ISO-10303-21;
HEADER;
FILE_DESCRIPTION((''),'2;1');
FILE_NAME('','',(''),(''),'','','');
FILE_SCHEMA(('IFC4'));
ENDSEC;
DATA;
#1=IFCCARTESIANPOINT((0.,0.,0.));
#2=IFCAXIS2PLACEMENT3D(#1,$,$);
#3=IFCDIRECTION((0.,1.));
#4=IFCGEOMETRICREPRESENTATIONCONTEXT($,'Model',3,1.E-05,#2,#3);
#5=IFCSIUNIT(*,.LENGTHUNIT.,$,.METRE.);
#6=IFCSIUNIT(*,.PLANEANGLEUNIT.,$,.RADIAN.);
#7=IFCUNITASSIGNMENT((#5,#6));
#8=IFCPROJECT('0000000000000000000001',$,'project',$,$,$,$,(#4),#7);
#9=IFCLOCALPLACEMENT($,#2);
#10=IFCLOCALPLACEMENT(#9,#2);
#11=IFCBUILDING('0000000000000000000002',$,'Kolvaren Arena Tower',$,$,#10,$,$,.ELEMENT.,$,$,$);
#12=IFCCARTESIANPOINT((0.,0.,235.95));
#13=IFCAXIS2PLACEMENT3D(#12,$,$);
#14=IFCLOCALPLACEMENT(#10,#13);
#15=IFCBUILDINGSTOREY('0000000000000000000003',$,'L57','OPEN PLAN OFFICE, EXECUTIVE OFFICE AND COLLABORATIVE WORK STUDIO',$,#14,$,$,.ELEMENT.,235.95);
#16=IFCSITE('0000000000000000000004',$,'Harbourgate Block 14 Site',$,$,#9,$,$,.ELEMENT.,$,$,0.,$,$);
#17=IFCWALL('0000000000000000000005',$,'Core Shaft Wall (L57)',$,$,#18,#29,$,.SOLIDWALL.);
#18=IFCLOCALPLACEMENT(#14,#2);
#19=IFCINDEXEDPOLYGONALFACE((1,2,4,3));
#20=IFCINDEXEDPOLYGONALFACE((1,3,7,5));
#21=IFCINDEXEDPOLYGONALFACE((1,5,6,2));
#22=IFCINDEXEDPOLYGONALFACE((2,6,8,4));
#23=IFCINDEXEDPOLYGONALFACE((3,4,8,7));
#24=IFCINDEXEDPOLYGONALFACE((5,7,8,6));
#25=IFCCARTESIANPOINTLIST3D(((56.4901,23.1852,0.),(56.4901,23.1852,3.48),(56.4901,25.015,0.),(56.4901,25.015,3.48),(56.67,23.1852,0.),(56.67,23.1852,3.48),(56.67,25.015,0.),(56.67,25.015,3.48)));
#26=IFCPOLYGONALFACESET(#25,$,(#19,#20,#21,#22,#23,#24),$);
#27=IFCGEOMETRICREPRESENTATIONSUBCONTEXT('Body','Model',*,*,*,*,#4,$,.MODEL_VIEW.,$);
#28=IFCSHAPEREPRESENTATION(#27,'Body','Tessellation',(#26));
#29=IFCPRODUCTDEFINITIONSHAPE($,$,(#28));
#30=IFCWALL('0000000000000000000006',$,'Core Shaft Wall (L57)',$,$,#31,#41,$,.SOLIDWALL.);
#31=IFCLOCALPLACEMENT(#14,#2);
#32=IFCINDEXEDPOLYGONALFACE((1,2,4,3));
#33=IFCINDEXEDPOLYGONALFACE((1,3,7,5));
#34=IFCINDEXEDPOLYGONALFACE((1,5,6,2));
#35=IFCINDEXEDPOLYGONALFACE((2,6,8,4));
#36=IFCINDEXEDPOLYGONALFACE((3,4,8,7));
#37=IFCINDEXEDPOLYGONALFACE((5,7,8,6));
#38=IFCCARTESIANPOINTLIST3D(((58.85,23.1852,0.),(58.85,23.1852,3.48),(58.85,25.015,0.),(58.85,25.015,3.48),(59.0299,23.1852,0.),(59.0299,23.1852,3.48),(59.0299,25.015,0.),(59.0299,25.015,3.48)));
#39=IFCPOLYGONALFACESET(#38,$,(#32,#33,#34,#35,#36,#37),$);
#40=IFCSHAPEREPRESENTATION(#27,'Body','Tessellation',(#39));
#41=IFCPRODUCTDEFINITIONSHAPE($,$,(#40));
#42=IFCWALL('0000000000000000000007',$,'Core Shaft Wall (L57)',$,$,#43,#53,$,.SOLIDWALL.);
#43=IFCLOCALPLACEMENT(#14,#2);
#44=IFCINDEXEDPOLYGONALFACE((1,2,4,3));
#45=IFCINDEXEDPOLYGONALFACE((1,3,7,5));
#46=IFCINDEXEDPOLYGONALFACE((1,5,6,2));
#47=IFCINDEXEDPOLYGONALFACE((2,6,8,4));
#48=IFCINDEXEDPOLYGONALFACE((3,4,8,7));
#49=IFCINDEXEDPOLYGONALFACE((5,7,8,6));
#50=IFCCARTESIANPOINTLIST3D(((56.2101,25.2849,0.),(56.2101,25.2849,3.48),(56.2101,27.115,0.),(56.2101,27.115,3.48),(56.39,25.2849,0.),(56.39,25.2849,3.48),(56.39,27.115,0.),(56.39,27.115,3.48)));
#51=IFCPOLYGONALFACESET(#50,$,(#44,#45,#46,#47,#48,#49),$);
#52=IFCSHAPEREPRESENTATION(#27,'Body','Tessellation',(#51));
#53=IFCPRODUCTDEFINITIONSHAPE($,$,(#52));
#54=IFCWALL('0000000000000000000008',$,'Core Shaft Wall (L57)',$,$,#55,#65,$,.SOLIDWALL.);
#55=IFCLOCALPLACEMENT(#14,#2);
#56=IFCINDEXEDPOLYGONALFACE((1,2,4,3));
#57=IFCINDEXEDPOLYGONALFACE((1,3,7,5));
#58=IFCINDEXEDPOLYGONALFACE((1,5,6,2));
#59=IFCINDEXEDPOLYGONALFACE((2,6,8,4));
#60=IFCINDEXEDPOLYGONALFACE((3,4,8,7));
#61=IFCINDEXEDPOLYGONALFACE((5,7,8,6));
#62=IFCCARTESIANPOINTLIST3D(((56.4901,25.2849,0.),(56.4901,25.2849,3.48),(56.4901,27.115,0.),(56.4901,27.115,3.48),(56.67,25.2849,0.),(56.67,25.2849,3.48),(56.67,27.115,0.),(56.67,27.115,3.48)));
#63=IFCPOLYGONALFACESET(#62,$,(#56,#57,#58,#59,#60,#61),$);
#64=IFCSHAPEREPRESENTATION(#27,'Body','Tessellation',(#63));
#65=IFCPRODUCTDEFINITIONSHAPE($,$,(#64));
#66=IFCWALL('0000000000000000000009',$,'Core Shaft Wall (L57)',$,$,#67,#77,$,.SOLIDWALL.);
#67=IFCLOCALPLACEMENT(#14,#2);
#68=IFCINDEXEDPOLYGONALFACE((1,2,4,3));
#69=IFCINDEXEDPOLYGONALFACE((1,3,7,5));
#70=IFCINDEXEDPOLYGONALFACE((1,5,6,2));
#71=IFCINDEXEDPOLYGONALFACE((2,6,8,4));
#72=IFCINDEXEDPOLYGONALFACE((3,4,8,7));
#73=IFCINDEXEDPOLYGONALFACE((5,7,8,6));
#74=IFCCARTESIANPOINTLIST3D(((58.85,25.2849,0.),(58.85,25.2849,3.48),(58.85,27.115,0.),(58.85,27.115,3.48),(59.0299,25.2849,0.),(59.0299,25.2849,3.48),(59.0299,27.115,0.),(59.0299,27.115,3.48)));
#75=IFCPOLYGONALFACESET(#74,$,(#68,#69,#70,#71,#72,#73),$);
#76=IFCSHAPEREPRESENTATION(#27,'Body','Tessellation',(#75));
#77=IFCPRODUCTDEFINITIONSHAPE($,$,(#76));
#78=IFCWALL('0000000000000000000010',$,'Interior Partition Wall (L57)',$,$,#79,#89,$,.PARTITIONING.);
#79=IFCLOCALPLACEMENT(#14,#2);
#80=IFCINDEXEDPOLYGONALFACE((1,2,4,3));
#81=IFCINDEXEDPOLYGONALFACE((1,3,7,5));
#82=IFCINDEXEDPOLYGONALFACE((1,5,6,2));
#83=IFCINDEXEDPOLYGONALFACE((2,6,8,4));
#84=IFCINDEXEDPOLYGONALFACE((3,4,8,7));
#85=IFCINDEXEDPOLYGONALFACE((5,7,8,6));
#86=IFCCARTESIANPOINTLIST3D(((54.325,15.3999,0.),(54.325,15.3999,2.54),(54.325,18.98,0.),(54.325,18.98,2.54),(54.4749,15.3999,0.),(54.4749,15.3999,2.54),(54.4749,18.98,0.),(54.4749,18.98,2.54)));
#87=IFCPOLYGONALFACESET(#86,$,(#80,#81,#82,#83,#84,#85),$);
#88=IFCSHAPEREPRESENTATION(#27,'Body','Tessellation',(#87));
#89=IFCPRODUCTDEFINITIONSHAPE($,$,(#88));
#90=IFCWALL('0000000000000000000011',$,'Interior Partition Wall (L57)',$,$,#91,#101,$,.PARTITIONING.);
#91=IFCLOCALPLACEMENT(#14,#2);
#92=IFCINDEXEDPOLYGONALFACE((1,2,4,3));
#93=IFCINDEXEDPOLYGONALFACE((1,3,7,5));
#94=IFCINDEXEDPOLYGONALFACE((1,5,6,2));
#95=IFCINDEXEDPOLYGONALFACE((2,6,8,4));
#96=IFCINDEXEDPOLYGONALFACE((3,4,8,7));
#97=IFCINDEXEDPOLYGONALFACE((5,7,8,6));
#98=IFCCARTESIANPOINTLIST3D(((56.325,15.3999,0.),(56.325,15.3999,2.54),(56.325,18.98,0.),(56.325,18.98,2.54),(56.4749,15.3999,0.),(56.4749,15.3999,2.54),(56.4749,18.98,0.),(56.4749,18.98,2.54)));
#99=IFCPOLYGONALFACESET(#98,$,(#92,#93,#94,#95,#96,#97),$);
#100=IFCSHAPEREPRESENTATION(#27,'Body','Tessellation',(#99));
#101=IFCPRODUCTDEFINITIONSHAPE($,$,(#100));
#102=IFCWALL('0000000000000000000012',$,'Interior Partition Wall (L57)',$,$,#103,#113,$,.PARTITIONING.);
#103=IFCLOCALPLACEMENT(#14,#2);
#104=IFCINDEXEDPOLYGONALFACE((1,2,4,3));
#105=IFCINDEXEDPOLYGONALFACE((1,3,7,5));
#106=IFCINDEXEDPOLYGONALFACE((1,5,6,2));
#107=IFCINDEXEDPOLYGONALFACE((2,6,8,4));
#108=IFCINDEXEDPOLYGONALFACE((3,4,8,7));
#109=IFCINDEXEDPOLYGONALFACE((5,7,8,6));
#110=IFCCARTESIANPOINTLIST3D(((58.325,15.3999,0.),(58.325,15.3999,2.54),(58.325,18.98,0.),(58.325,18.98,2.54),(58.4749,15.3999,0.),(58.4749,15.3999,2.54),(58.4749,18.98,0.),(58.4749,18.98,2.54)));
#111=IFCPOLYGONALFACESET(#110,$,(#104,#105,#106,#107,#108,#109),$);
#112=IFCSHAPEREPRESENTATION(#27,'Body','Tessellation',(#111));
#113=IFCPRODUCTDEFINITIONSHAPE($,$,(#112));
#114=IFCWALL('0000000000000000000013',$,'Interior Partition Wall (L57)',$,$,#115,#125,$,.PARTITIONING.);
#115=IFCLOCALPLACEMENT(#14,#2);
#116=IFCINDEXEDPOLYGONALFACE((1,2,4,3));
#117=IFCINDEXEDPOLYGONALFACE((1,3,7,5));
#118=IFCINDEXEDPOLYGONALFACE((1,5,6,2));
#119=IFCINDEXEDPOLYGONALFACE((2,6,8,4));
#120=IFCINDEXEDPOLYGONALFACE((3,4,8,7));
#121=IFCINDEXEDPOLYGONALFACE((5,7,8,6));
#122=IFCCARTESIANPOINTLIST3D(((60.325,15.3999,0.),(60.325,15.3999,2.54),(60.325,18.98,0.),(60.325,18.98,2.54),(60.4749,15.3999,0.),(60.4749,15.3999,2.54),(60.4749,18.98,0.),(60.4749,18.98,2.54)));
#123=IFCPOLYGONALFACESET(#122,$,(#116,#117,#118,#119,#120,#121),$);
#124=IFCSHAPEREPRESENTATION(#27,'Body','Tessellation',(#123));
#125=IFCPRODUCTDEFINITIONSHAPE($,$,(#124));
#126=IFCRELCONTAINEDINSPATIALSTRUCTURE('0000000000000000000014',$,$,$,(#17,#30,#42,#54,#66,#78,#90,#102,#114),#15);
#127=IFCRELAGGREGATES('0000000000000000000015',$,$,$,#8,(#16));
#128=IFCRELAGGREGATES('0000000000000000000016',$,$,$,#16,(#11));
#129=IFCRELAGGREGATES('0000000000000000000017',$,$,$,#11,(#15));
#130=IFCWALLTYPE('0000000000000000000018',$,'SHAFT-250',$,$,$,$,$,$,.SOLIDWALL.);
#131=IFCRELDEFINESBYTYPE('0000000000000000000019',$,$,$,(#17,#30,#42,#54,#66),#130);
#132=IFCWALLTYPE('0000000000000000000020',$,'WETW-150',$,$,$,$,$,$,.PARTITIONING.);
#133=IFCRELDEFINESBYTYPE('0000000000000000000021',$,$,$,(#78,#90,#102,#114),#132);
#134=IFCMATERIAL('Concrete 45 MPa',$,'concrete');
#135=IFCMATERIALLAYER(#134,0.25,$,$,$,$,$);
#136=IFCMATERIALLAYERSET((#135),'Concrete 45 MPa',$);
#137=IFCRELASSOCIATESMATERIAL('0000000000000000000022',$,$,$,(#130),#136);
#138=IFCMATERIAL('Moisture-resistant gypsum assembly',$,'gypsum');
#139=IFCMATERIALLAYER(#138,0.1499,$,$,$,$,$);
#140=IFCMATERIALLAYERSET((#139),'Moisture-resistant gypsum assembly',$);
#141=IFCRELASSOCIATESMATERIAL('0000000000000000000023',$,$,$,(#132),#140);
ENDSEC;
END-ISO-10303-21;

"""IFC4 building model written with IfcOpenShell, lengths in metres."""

from ifc_helpers import new_model, si_unit, direction, frame, frame_2d, origin, place, context, subcontext, project, spatial, rectangle, extrude, material, layer, layer_set, type_object, element, save


model = new_model("IFC4")

# Units and contexts
model_context = context("Model", 3, precision=1e-05, world=origin(), true_north=direction((0.0, 1.0)))
body_context = subcontext(model_context, "Body", "Model", "MODEL_VIEW")
ifc_project = project(units=[si_unit("LENGTHUNIT", "METRE"), si_unit("PLANEANGLEUNIT", "RADIAN")], contexts=[model_context])

# Site, building, storey
site_placement = place(None, origin())
site = spatial("IfcSite", under=ifc_project, at=site_placement, Name="Harbourgate Block 14 Site", CompositionType="ELEMENT", RefElevation=0.0)
building_placement = place(site_placement, origin())
building = spatial("IfcBuilding", under=site, at=building_placement, Name="Kolvaren Arena Tower", CompositionType="ELEMENT")
storey_placement = place(building_placement, frame((0.0, 0.0, 235.95)))
storey = spatial("IfcBuildingStorey", under=building, at=storey_placement, Name="L57", Description="OPEN PLAN OFFICE, EXECUTIVE OFFICE AND COLLABORATIVE WORK STUDIO", CompositionType="ELEMENT", Elevation=235.95)

# Shared definitions
ifc_material_1 = material(Name="Concrete 45 MPa", Category="concrete")
ifc_layer_1 = layer(ifc_material_1, 0.25)
ifc_layer_set_1 = layer_set([ifc_layer_1], Name="Concrete 45 MPa")
wall_type_1 = type_object("IfcWallType", Name="SHAFT-250", PredefinedType="SOLIDWALL", material=ifc_layer_set_1)

# Walls
for number, where, z_axis, x_axis, name in (
    (1, (56.5801, 23.1851, 0.0), (0.0, 0.0, 1.0), (0.0, 1.0, 0.0), "Core Shaft Wall (L57)"),
    (2, (58.9399, 23.1851, 0.0), (0.0, 0.0, 1.0), (0.0, 1.0, 0.0), "Core Shaft Wall (L57)"),
):
    element("IfcWall", number, at=place(storey_placement, frame(where, z_axis=z_axis, x_axis=x_axis)), inside=storey, type_object=wall_type_1, Name=name, PredefinedType="SOLIDWALL", context=body_context, shape_type="SweptSolid", body=[
        extrude(rectangle(XDim=1.8298, YDim=0.1799, at=frame_2d((0.915, 0.0))), origin(), (0.0, 0.0, 1.0), 3.48),
    ])
for number, where, z_axis, x_axis, name in (
    (3, (56.3, 25.2849, 0.0), (0.0, 0.0, 1.0), (0.0, 1.0, 0.0), "Core Shaft Wall (L57)"),
    (4, (56.5801, 25.2849, 0.0), (0.0, 0.0, 1.0), (0.0, 1.0, 0.0), "Core Shaft Wall (L57)"),
    (5, (58.9399, 25.2849, 0.0), (0.0, 0.0, 1.0), (0.0, 1.0, 0.0), "Core Shaft Wall (L57)"),
):
    element("IfcWall", number, at=place(storey_placement, frame(where, z_axis=z_axis, x_axis=x_axis)), inside=storey, type_object=wall_type_1, Name=name, PredefinedType="SOLIDWALL", context=body_context, shape_type="SweptSolid", body=[
        extrude(rectangle(XDim=1.8301, YDim=0.1799, at=frame_2d((0.915, 0.0))), origin(), (0.0, 0.0, 1.0), 3.48),
    ])
ifc_material_2 = material(Name="Moisture-resistant gypsum assembly", Category="gypsum")
ifc_layer_2 = layer(ifc_material_2, 0.1499)
ifc_layer_set_2 = layer_set([ifc_layer_2], Name="Moisture-resistant gypsum assembly")
wall_type_2 = type_object("IfcWallType", Name="WETW-150", PredefinedType="PARTITIONING", material=ifc_layer_set_2)
for number, where, z_axis, x_axis, name in (
    (6, (54.3999, 15.3999, 0.0), (0.0, 0.0, 1.0), (0.0, 1.0, 0.0), "Interior Partition Wall (L57)"),
    (7, (56.3999, 15.3999, 0.0), (0.0, 0.0, 1.0), (0.0, 1.0, 0.0), "Interior Partition Wall (L57)"),
    (8, (58.3999, 15.3999, 0.0), (0.0, 0.0, 1.0), (0.0, 1.0, 0.0), "Interior Partition Wall (L57)"),
    (9, (60.3999, 15.3999, 0.0), (0.0, 0.0, 1.0), (0.0, 1.0, 0.0), "Interior Partition Wall (L57)"),
):
    element("IfcWall", number, at=place(storey_placement, frame(where, z_axis=z_axis, x_axis=x_axis)), inside=storey, type_object=wall_type_2, Name=name, PredefinedType="PARTITIONING", context=body_context, shape_type="SweptSolid", body=[
        extrude(rectangle(XDim=3.5801, YDim=0.1499, at=frame_2d((1.79, 0.0))), origin(), (0.0, 0.0, 1.0), 2.54),
    ])

save(model, "model.ifc")
